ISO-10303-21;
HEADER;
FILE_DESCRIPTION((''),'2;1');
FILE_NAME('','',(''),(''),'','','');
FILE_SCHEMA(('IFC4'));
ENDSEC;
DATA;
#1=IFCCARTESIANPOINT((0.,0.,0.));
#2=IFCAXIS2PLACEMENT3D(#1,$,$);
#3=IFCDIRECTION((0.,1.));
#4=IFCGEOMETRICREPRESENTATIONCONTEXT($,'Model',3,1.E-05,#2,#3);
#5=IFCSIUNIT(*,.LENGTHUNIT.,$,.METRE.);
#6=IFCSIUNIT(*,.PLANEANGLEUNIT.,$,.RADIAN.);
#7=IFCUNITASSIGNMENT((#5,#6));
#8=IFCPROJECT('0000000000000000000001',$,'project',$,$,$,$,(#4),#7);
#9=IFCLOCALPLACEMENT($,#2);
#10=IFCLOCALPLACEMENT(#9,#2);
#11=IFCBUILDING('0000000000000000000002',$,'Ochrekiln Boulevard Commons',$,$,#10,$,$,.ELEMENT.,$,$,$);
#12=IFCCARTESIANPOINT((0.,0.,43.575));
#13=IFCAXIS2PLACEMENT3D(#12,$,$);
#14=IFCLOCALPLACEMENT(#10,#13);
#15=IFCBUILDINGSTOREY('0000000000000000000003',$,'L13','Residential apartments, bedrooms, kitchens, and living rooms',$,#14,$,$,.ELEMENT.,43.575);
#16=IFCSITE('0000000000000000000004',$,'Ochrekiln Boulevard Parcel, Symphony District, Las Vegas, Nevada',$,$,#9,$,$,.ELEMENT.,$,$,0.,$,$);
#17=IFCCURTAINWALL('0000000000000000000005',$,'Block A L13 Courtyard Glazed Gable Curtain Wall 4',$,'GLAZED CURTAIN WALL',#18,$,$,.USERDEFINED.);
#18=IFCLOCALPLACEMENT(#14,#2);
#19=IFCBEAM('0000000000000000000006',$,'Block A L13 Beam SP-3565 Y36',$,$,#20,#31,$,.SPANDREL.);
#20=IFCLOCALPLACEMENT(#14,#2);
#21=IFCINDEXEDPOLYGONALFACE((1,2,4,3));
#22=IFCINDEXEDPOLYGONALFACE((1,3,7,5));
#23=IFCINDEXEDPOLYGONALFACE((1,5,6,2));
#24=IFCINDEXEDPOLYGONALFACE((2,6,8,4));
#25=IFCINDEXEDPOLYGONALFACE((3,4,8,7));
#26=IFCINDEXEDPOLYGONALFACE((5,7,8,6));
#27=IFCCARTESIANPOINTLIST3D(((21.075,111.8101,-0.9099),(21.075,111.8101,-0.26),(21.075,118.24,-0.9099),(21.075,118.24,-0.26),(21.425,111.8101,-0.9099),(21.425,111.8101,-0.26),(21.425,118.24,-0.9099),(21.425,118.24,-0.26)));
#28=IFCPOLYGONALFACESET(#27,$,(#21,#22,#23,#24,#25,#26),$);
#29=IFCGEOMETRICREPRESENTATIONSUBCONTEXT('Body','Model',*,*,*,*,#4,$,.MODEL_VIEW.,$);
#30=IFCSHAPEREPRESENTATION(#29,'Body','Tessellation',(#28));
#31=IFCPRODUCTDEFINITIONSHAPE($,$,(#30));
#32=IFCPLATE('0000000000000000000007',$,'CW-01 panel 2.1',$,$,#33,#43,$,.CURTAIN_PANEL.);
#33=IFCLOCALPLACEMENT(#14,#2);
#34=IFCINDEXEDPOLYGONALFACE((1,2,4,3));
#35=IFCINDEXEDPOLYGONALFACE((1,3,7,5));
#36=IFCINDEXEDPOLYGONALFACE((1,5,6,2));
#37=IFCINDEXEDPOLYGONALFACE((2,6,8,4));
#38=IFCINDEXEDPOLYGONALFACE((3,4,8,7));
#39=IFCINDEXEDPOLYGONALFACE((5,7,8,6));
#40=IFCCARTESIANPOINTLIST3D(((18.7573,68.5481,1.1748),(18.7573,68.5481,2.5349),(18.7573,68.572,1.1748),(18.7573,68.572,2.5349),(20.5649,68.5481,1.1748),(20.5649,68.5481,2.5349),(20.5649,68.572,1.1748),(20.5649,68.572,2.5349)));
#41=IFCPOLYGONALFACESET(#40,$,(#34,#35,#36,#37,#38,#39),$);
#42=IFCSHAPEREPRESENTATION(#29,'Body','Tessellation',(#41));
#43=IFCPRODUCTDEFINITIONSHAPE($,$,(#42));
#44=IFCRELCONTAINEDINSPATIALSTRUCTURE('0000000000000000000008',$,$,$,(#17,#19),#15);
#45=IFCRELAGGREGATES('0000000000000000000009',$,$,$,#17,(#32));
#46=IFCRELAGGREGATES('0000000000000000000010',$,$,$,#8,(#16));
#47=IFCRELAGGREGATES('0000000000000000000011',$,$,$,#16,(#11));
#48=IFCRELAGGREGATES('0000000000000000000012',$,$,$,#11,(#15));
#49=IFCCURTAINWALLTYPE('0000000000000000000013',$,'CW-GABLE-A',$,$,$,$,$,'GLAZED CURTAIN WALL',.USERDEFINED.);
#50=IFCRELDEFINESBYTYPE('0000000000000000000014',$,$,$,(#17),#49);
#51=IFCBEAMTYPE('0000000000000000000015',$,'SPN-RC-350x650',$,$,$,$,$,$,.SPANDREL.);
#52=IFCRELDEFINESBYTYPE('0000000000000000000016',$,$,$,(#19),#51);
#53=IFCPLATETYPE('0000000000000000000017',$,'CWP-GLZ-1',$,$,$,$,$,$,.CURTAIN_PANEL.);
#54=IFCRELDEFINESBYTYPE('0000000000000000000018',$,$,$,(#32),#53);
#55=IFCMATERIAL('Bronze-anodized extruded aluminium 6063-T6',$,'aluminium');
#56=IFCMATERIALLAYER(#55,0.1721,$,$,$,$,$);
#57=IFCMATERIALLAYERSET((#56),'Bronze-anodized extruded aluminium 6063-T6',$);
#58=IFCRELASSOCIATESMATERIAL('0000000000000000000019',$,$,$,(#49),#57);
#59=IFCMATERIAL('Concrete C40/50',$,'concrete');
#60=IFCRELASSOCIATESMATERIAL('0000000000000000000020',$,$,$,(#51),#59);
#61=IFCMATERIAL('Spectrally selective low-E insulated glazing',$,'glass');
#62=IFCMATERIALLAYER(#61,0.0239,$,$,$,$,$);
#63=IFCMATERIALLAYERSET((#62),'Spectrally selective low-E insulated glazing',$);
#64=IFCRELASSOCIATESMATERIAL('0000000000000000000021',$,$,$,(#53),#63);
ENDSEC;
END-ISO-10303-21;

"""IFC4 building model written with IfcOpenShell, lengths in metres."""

from ifc_helpers import new_model, si_unit, direction, frame, origin, origin_2d, place, context, subcontext, project, spatial, rectangle, extrude, material, layer, layer_set, material_profile, profile_set, type_object, element, aggregate, save


model = new_model("IFC4")

# Units and contexts
model_context = context("Model", 3, precision=1e-05, world=origin(), true_north=direction((0.0, 1.0)))
body_context = subcontext(model_context, "Body", "Model", "MODEL_VIEW")
ifc_project = project(units=[si_unit("LENGTHUNIT", "METRE"), si_unit("PLANEANGLEUNIT", "RADIAN")], contexts=[model_context])

# Site, building, storey
site_placement = place(None, origin())
site = spatial("IfcSite", under=ifc_project, at=site_placement, Name="Ochrekiln Boulevard Parcel, Symphony District, Las Vegas, Nevada", CompositionType="ELEMENT", RefElevation=0.0)
building_placement = place(site_placement, origin())
building = spatial("IfcBuilding", under=site, at=building_placement, Name="Ochrekiln Boulevard Commons", CompositionType="ELEMENT")
storey_placement = place(building_placement, frame((0.0, 0.0, 43.575)))
storey = spatial("IfcBuildingStorey", under=building, at=storey_placement, Name="L13", Description="Residential apartments, bedrooms, kitchens, and living rooms", CompositionType="ELEMENT", Elevation=43.575)

# Curtain wall
ifc_material_1 = material(Name="Bronze-anodized extruded aluminium 6063-T6", Category="aluminium")
ifc_layer_1 = layer(ifc_material_1, 0.1721)
ifc_layer_set_1 = layer_set([ifc_layer_1], Name="Bronze-anodized extruded aluminium 6063-T6")
curtain_wall_type = type_object("IfcCurtainWallType", Name="CW-GABLE-A", ElementType="GLAZED CURTAIN WALL", PredefinedType="USERDEFINED", material=ifc_layer_set_1)
curtain_wall_placement = place(storey_placement, origin())
curtain_wall = element("IfcCurtainWall", 1, at=curtain_wall_placement, inside=storey, type_object=curtain_wall_type, Name="Block A L13 Courtyard Glazed Gable Curtain Wall 4", ObjectType="GLAZED CURTAIN WALL", PredefinedType="USERDEFINED")

# Beam
ifc_material_2 = material(Name="Concrete C40/50", Category="concrete")
ifc_material_profile_1 = material_profile(ifc_material_2, rectangle(XDim=0.3501, YDim=0.6499, at=origin_2d()), Name="RC-SPN-350x650")
ifc_profile_set_1 = profile_set([ifc_material_profile_1], Name="Concrete C40/50")
beam_type = type_object("IfcBeamType", Name="SPN-RC-350x650", PredefinedType="SPANDREL", material=ifc_profile_set_1)
beam_1_placement = place(storey_placement, frame((21.25, 111.8101, -0.585), z_axis=(0.0, 1.0, 0.0), x_axis=(-1.0, 0.0, 0.0)))
element("IfcBeam", 2, at=beam_1_placement, inside=storey, type_object=beam_type, Name="Block A L13 Beam SP-3565 Y36", PredefinedType="SPANDREL", context=body_context, shape_type="SweptSolid", body=[
    extrude(rectangle(XDim=0.3501, YDim=0.6499, at=origin_2d()), origin(), (0.0, 0.0, 1.0), 6.4299),
])

# Plate
ifc_material_3 = material(Name="Spectrally selective low-E insulated glazing", Category="glass")
ifc_layer_2 = layer(ifc_material_3, 0.0239)
ifc_layer_set_2 = layer_set([ifc_layer_2], Name="Spectrally selective low-E insulated glazing")
plate_type = type_object("IfcPlateType", Name="CWP-GLZ-1", PredefinedType="CURTAIN_PANEL", material=ifc_layer_set_2)
plate_placement = place(storey_placement, frame((19.6611, 68.5601, 1.1748), z_axis=(0.0, 0.0, 1.0), x_axis=(1.0, 0.0, 0.0)))
plate = element("IfcPlate", 3, at=plate_placement, type_object=plate_type, Name="CW-01 panel 2.1", PredefinedType="CURTAIN_PANEL", context=body_context, shape_type="SweptSolid", body=[
    extrude(rectangle(XDim=1.8076, YDim=0.0239, at=origin_2d()), origin(), (0.0, 0.0, 1.0), 1.3601),
])
aggregate(curtain_wall, [plate])

save(model, "model.ifc")
